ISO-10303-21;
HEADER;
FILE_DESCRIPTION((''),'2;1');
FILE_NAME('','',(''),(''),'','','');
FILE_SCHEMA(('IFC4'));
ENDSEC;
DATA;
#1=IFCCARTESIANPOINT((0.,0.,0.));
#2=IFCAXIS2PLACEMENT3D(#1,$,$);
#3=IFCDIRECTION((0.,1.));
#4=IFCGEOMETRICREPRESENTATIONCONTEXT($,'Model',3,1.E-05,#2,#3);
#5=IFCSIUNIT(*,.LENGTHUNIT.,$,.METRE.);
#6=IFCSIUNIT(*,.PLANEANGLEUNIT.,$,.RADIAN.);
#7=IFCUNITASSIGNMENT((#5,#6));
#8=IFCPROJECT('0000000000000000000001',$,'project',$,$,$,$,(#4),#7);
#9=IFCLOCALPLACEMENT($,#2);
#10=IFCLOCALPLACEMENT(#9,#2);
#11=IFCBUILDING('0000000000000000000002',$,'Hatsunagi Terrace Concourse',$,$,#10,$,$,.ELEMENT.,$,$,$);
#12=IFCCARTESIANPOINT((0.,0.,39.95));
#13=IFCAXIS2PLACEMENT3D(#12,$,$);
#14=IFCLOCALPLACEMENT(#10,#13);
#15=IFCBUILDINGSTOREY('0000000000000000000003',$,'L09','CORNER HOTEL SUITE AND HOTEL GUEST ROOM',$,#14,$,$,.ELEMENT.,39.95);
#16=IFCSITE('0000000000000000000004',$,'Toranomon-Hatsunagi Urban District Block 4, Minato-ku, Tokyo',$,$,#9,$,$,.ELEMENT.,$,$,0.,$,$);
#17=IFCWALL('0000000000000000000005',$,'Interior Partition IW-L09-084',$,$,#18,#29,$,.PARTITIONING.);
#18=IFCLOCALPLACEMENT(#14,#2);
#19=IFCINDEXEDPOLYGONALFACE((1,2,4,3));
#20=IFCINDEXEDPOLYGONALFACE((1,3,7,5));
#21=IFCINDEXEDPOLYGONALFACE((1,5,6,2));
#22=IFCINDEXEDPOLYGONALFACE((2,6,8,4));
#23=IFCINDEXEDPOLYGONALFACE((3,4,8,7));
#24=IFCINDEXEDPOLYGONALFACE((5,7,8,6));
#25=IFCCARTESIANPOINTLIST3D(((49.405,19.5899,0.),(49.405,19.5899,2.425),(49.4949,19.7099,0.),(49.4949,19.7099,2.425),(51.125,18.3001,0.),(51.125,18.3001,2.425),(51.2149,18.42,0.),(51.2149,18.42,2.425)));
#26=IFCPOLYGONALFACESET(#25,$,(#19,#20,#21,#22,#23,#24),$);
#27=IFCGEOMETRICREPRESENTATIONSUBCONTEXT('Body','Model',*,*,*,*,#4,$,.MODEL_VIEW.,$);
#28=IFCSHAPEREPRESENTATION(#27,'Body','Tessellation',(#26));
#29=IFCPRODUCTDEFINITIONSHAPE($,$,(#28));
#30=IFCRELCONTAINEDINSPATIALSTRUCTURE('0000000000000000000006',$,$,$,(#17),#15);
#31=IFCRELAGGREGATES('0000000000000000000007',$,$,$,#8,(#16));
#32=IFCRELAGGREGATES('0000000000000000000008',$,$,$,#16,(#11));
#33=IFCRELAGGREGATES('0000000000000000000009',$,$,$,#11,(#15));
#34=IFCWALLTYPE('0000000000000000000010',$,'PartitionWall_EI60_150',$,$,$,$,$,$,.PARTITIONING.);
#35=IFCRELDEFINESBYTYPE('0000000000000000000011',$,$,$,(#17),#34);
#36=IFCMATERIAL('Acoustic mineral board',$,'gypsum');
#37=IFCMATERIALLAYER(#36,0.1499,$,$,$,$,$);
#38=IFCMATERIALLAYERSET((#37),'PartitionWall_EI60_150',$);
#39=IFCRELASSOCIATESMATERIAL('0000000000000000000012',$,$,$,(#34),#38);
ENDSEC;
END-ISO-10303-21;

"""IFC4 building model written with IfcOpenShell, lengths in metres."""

from ifc_helpers import new_model, si_unit, direction, frame, frame_2d, origin, place, context, subcontext, project, spatial, rectangle, extrude, material, layer, layer_set, type_object, element, save


model = new_model("IFC4")

# Units and contexts
model_context = context("Model", 3, precision=1e-05, world=origin(), true_north=direction((0.0, 1.0)))
body_context = subcontext(model_context, "Body", "Model", "MODEL_VIEW")
ifc_project = project(units=[si_unit("LENGTHUNIT", "METRE"), si_unit("PLANEANGLEUNIT", "RADIAN")], contexts=[model_context])

# Site, building, storey
site_placement = place(None, origin())
site = spatial("IfcSite", under=ifc_project, at=site_placement, Name="Toranomon-Hatsunagi Urban District Block 4, Minato-ku, Tokyo", CompositionType="ELEMENT", RefElevation=0.0)
building_placement = place(site_placement, origin())
building = spatial("IfcBuilding", under=site, at=building_placement, Name="Hatsunagi Terrace Concourse", CompositionType="ELEMENT")
storey_placement = place(building_placement, frame((0.0, 0.0, 39.95)))
storey = spatial("IfcBuildingStorey", under=building, at=storey_placement, Name="L09", Description="CORNER HOTEL SUITE AND HOTEL GUEST ROOM", CompositionType="ELEMENT", Elevation=39.95)

# Shared definitions
ifc_material_1 = material(Name="Acoustic mineral board", Category="gypsum")
ifc_layer_1 = layer(ifc_material_1, 0.1499)
ifc_layer_set_1 = layer_set([ifc_layer_1], Name="PartitionWall_EI60_150")
wall_type_1 = type_object("IfcWallType", Name="PartitionWall_EI60_150", PredefinedType="PARTITIONING", material=ifc_layer_set_1)

# Wall
wall_1_placement = place(storey_placement, frame((49.45, 19.6499, 0.0), z_axis=(0.0, 0.0, 1.0), x_axis=(0.800041, -0.599945, 0.0)))
element("IfcWall", 1, at=wall_1_placement, inside=storey, type_object=wall_type_1, Name="Interior Partition IW-L09-084", PredefinedType="PARTITIONING", context=body_context, shape_type="SweptSolid", body=[
    extrude(rectangle(XDim=2.1499, YDim=0.1499, at=frame_2d((1.075, 0.0))), origin(), (0.0, 0.0, 1.0), 2.425),
])

save(model, "model.ifc")
